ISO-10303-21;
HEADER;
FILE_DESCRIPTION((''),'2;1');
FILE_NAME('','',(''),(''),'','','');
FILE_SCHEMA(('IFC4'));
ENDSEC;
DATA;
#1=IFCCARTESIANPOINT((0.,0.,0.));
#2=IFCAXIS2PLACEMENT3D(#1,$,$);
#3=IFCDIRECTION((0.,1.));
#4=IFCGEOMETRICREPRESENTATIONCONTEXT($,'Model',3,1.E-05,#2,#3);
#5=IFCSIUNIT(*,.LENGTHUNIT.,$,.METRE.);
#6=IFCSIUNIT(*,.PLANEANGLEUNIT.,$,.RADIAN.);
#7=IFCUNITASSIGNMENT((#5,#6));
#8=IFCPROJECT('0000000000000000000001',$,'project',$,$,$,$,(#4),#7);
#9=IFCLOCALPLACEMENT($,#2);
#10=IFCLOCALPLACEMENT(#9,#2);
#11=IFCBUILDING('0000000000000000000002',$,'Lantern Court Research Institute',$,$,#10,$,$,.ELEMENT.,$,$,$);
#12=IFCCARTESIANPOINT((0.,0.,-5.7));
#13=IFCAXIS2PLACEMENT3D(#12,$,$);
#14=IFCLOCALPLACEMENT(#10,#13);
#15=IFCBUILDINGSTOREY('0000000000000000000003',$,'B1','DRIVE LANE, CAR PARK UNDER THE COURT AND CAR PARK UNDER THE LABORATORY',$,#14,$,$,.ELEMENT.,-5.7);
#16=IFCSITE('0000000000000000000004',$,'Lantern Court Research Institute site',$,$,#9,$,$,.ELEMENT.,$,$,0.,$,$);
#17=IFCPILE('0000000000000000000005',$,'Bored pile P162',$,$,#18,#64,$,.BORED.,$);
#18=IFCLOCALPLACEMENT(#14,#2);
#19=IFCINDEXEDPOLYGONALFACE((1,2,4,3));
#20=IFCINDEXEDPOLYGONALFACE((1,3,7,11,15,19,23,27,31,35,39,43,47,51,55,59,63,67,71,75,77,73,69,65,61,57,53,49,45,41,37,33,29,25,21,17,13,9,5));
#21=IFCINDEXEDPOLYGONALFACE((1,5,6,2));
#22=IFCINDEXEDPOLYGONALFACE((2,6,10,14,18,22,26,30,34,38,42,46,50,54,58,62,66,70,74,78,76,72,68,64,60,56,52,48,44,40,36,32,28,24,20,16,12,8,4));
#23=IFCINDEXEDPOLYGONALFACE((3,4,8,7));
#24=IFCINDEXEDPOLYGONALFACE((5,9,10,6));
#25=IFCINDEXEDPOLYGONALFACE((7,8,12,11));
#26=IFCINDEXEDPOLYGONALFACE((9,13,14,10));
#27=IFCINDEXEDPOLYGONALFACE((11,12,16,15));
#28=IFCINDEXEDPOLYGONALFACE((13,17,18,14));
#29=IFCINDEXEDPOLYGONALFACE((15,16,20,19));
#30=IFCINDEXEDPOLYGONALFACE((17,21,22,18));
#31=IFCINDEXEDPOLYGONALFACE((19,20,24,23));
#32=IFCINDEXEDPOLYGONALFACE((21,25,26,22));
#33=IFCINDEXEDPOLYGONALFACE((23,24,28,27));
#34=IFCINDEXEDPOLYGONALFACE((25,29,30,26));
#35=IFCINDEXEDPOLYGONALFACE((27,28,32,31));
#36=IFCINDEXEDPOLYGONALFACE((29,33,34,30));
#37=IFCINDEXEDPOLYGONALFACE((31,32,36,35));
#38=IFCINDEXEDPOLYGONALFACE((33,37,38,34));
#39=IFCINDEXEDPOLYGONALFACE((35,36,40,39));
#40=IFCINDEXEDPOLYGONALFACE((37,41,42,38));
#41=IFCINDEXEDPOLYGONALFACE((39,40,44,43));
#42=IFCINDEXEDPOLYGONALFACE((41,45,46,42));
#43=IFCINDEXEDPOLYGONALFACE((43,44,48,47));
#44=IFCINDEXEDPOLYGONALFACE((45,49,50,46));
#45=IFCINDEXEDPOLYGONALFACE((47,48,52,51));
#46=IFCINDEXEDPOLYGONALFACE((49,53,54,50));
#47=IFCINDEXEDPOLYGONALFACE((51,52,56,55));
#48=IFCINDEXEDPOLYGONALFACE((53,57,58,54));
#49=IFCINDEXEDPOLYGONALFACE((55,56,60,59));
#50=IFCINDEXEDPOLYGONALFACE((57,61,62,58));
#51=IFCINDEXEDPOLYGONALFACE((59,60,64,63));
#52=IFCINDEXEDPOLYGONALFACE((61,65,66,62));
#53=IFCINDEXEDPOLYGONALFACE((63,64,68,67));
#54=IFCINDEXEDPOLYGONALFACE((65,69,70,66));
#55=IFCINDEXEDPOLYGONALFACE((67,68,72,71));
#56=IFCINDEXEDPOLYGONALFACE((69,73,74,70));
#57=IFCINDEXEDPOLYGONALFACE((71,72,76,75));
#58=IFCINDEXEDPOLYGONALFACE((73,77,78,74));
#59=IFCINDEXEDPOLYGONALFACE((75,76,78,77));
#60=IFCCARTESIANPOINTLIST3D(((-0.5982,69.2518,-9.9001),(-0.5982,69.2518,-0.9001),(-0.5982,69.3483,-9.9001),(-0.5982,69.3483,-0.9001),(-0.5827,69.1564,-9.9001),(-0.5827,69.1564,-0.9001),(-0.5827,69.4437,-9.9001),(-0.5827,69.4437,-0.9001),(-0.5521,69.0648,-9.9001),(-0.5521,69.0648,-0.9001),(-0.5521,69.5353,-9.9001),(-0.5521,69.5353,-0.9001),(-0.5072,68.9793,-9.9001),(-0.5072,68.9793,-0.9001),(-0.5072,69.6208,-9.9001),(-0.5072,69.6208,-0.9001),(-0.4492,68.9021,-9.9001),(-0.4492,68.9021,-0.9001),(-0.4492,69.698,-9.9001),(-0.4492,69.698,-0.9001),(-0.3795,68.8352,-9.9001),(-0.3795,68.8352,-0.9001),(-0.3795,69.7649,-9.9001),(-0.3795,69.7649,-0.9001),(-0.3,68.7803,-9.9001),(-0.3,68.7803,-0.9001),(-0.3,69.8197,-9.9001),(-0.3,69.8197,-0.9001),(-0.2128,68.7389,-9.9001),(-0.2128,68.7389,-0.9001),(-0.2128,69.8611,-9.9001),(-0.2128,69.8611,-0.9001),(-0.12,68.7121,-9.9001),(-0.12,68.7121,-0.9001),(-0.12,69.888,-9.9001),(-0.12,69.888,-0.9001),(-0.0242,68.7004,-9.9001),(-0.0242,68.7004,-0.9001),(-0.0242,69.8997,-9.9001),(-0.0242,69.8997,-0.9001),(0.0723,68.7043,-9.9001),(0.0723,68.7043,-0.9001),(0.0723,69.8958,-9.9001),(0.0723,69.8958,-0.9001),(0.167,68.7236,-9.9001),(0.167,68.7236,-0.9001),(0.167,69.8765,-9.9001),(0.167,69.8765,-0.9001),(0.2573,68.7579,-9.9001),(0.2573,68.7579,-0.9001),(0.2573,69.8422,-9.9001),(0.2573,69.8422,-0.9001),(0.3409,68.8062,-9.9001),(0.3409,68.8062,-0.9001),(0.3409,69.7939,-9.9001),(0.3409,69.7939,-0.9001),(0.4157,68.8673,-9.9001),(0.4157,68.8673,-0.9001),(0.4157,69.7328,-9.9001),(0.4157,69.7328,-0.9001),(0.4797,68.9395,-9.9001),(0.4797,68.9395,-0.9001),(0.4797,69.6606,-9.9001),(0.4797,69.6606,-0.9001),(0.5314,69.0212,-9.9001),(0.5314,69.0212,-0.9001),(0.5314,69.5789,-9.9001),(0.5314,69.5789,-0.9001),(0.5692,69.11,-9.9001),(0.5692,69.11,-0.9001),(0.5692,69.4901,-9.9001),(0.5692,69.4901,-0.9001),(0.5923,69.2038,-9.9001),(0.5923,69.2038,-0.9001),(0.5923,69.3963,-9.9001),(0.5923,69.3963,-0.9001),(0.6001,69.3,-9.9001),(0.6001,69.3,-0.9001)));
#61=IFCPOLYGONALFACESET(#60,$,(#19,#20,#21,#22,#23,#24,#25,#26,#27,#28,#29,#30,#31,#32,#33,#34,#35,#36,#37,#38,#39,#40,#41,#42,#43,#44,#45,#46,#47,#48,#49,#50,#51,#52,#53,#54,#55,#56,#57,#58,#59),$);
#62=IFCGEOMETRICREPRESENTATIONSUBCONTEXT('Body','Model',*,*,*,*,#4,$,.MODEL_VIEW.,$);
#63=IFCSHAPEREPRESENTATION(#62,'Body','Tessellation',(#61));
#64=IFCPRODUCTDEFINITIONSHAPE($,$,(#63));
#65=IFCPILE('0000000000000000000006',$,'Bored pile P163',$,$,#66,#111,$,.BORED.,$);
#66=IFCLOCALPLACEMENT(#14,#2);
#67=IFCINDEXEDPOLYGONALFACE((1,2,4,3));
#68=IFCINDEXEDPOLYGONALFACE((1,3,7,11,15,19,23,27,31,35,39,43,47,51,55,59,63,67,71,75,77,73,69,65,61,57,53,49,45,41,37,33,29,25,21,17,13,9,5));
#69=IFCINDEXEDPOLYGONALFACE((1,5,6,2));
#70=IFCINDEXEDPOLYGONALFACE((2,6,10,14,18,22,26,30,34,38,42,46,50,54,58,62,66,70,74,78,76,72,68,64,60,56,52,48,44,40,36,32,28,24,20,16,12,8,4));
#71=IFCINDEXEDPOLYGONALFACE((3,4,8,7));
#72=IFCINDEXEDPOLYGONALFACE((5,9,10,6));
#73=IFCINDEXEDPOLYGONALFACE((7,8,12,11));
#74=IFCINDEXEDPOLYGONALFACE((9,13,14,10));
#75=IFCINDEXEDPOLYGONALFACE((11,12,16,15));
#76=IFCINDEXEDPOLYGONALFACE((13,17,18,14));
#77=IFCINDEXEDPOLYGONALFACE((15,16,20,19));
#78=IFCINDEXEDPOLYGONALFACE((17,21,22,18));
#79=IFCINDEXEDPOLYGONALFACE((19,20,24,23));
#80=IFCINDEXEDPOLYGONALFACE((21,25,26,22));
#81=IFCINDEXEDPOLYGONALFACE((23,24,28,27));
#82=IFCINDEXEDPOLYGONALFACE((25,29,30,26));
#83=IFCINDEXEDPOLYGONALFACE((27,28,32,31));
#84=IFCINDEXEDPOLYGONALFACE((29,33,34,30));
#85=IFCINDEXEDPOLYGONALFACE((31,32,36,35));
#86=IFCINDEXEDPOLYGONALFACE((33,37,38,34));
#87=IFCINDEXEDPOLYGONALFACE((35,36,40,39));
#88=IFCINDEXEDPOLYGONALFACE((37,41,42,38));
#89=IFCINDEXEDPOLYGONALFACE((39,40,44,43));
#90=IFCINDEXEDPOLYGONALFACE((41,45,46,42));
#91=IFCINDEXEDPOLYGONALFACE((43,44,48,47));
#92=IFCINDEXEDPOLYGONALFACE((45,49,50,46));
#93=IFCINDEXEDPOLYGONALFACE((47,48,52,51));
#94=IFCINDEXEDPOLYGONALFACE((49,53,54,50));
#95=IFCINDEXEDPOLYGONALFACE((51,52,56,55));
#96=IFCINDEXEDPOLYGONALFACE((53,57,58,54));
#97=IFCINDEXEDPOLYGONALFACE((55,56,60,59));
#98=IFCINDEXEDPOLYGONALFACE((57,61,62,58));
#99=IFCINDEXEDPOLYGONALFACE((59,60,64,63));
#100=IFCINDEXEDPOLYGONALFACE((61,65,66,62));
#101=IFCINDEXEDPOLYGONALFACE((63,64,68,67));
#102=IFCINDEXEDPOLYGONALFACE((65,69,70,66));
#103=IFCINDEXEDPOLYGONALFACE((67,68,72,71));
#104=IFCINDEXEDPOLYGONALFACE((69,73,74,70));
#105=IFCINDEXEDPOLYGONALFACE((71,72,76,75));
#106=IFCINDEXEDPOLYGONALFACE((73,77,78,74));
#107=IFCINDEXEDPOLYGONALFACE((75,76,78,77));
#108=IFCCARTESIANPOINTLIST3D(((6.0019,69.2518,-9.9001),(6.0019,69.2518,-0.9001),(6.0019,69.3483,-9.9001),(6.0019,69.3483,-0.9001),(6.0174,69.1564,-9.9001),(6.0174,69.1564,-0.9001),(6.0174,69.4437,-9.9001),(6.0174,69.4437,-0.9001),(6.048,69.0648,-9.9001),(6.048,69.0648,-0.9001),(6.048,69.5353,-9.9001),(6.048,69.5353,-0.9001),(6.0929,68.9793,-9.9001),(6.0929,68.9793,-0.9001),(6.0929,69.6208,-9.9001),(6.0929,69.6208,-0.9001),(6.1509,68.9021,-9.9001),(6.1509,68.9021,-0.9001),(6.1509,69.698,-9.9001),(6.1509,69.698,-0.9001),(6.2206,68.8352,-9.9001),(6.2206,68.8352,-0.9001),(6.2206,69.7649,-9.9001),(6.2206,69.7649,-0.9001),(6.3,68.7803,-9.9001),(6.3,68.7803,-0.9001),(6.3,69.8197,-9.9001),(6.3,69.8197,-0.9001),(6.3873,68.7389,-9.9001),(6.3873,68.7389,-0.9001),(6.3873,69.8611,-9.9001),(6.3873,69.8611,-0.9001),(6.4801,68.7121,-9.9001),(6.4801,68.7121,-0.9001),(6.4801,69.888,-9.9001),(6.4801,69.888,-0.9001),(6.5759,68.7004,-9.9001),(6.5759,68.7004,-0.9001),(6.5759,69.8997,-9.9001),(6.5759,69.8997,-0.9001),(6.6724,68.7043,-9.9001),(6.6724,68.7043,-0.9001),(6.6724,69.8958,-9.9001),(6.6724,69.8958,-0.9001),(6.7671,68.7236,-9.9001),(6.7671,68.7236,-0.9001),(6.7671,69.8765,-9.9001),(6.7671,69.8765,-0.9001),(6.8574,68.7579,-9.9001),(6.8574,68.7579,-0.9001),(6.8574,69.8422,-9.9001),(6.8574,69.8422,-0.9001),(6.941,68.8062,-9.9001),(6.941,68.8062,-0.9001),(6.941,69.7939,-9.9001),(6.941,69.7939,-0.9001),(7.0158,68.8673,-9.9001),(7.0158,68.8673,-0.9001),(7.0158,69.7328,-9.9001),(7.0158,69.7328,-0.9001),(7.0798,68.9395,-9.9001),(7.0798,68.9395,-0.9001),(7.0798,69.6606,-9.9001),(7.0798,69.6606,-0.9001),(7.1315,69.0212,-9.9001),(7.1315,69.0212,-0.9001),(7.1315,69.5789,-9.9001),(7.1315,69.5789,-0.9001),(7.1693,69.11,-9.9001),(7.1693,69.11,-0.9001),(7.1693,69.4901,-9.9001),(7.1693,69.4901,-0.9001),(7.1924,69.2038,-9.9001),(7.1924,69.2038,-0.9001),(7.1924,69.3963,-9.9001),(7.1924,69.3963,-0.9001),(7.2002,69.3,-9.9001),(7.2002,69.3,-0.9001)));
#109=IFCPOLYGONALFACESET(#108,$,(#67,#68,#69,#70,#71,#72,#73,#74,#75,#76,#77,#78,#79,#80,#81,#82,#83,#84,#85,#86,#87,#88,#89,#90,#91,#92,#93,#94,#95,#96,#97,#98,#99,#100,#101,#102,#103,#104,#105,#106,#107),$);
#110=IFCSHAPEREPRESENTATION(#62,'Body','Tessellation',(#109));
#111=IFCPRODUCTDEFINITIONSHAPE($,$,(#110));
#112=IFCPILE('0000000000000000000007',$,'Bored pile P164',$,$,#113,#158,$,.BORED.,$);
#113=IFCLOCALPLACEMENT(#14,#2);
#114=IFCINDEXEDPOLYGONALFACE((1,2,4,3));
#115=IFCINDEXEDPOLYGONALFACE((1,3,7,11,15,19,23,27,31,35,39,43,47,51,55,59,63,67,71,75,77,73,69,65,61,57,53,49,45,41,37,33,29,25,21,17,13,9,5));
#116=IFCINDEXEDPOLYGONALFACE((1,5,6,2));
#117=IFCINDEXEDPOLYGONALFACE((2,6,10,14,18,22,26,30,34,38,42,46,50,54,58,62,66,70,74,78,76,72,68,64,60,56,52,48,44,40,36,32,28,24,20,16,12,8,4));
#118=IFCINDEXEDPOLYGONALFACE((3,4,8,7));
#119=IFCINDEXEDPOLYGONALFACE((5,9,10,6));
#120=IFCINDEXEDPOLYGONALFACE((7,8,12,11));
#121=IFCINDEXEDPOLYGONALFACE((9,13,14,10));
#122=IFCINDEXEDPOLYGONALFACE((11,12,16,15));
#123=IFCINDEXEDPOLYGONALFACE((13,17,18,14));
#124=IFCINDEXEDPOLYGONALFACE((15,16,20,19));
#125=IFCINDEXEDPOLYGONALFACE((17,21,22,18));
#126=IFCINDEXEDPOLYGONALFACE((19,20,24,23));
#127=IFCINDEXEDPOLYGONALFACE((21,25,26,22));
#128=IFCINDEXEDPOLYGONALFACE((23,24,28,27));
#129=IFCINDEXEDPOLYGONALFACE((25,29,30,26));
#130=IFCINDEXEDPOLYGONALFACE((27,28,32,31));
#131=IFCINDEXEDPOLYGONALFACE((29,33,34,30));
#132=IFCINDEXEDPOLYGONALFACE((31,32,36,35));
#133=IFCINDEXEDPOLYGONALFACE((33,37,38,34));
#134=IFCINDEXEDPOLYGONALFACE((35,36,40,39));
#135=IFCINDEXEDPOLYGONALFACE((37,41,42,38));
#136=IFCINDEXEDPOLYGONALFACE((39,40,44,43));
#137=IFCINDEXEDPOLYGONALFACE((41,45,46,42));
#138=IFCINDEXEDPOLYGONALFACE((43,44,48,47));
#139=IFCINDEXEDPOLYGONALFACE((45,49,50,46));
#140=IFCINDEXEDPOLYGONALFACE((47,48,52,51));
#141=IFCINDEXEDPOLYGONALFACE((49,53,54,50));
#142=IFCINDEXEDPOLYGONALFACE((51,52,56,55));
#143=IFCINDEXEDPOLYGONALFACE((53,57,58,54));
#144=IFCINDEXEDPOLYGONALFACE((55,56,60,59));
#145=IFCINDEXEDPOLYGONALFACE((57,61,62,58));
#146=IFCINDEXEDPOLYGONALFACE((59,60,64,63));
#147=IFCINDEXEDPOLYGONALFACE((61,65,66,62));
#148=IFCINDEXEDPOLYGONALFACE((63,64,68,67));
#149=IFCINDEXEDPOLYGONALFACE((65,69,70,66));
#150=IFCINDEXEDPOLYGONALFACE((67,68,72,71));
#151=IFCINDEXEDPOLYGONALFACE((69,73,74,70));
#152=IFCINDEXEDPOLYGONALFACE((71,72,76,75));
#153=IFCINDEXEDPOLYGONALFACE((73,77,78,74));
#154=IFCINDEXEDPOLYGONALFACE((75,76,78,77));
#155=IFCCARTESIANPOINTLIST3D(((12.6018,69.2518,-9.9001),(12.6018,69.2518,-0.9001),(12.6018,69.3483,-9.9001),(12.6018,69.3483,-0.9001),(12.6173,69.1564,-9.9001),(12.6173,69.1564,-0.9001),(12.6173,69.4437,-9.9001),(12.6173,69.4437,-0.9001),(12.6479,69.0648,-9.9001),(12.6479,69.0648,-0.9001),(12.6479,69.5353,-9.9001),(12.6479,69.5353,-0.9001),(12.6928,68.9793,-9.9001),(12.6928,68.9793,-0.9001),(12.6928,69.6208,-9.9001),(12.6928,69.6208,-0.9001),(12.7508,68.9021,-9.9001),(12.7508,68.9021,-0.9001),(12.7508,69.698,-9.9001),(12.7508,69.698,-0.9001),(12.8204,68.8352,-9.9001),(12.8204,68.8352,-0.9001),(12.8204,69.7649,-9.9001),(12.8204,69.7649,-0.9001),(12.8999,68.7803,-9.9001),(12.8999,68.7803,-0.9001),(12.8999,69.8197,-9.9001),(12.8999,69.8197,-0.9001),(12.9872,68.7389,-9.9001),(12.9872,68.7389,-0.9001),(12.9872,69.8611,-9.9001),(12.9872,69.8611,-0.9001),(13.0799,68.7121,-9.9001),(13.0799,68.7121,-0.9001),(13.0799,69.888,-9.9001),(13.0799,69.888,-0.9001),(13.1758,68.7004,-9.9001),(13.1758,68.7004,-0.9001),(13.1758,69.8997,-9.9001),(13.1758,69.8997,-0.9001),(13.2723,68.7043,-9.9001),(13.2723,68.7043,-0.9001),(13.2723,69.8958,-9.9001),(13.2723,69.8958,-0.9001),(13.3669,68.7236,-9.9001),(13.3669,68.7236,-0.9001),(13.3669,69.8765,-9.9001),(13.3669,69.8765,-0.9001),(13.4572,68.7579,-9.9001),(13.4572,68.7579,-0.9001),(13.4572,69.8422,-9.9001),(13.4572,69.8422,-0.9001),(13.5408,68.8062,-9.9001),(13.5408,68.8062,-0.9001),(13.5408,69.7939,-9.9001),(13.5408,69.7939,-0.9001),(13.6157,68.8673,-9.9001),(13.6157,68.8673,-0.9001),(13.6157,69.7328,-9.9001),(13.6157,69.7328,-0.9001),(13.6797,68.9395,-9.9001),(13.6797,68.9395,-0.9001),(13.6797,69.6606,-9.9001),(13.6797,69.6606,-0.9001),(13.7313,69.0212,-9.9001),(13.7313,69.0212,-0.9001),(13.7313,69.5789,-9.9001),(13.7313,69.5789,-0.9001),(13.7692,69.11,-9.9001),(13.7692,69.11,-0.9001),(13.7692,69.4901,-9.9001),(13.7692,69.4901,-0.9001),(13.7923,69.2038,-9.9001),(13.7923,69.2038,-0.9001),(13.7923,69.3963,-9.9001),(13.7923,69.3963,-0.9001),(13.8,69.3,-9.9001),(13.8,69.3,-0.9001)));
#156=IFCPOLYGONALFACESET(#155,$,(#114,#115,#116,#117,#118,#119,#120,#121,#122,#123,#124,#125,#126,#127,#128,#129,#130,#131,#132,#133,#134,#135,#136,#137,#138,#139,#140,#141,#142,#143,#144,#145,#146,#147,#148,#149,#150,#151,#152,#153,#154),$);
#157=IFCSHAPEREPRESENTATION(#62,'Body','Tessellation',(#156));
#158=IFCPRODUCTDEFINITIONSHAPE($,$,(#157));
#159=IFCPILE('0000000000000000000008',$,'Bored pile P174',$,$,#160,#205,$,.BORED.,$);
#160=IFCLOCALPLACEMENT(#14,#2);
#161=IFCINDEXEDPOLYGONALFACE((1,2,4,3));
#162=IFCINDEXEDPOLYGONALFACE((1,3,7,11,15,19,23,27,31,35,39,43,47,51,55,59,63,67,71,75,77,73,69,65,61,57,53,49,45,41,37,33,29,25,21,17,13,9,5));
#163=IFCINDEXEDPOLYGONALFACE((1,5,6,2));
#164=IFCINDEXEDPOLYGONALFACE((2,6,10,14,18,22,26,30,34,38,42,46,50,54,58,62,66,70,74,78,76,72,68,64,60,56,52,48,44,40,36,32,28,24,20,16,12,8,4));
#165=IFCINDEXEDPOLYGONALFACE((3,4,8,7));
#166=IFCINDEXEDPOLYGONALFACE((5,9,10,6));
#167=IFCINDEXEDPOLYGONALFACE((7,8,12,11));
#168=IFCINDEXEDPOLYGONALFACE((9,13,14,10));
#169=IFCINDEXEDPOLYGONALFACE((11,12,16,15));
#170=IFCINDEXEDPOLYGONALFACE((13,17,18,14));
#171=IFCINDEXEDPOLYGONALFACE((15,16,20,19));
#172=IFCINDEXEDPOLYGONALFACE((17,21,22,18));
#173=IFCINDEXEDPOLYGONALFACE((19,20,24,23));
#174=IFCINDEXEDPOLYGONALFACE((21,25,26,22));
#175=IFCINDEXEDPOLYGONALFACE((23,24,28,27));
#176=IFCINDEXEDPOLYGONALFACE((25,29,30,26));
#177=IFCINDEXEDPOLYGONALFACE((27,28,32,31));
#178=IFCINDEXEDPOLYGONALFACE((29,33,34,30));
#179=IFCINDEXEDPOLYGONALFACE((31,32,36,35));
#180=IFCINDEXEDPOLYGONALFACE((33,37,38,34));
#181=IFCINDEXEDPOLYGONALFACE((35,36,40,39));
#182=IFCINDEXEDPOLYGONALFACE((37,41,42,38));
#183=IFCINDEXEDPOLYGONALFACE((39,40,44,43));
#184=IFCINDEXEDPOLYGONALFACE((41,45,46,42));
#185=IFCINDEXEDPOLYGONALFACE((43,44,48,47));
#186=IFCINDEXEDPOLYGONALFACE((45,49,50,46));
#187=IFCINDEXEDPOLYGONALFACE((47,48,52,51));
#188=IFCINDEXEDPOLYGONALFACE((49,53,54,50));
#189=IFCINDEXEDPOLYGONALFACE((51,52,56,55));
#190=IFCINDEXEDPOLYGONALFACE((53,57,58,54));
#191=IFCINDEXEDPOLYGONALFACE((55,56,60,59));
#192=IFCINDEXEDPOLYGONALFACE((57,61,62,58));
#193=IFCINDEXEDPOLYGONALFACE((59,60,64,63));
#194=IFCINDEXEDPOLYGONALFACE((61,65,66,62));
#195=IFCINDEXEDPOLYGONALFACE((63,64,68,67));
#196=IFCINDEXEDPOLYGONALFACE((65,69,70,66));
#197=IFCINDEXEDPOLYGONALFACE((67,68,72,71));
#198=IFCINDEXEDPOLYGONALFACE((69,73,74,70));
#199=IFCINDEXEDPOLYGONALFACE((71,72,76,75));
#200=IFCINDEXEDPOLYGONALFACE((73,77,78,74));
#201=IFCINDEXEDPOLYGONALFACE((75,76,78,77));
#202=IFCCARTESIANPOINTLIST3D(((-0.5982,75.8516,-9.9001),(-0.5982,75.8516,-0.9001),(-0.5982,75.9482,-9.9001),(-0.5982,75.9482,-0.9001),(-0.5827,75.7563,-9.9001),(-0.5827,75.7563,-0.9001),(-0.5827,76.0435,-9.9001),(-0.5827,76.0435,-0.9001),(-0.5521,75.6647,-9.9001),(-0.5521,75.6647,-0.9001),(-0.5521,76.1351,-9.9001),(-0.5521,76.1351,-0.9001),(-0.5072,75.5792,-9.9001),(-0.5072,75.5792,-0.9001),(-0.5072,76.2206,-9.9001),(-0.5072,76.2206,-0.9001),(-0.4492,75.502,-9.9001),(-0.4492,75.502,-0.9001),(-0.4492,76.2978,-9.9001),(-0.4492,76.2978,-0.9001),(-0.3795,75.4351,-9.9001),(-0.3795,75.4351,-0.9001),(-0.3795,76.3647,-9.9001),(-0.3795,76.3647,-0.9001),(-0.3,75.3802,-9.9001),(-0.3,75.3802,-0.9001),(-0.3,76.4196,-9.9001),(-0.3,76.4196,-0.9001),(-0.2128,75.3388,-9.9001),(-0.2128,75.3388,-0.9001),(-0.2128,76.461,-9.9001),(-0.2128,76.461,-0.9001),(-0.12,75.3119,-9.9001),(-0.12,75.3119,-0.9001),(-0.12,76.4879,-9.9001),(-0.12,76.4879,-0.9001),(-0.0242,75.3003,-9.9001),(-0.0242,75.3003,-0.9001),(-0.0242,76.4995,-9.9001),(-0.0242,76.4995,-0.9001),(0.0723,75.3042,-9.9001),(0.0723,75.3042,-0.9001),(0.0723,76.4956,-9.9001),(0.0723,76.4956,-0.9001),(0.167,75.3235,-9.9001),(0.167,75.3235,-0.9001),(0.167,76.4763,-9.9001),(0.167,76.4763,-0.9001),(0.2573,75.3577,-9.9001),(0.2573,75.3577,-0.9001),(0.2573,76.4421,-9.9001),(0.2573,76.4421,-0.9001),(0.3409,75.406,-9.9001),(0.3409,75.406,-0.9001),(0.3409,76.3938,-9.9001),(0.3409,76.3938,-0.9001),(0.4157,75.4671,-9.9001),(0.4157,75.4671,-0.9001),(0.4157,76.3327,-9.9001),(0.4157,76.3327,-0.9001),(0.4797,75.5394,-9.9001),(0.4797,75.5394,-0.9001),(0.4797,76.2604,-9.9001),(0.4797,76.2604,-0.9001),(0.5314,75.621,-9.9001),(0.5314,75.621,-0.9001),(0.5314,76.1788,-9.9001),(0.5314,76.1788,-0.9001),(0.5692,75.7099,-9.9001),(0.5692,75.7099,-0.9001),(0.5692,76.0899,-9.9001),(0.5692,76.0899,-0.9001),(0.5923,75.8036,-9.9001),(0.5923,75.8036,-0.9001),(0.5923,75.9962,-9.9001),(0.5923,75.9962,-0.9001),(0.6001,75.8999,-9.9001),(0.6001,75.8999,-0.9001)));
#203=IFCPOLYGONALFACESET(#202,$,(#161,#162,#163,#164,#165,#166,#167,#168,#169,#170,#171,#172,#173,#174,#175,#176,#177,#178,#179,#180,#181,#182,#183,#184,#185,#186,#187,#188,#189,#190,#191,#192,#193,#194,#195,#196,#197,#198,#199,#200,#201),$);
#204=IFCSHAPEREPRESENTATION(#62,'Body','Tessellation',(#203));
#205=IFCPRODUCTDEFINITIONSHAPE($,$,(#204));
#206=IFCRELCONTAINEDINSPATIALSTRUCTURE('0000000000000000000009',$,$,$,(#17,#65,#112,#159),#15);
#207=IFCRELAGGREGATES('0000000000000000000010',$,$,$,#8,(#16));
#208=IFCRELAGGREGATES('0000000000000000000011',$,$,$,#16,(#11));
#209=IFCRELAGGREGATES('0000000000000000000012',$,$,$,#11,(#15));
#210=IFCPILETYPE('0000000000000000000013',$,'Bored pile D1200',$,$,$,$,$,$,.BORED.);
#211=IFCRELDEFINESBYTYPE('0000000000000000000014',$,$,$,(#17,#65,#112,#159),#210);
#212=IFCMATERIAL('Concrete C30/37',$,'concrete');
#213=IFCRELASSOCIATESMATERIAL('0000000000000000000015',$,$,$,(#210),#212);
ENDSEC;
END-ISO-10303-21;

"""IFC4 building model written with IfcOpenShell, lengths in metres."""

from ifc_helpers import new_model, si_unit, direction, frame, origin, origin_2d, place, context, subcontext, project, spatial, circle, extrude, material, material_profile, profile_set, type_object, element, save


model = new_model("IFC4")

# Units and contexts
model_context = context("Model", 3, precision=1e-05, world=origin(), true_north=direction((0.0, 1.0)))
body_context = subcontext(model_context, "Body", "Model", "MODEL_VIEW")
ifc_project = project(units=[si_unit("LENGTHUNIT", "METRE"), si_unit("PLANEANGLEUNIT", "RADIAN")], contexts=[model_context])

# Site, building, storey
site_placement = place(None, origin())
site = spatial("IfcSite", under=ifc_project, at=site_placement, Name="Lantern Court Research Institute site", CompositionType="ELEMENT", RefElevation=0.0)
building_placement = place(site_placement, origin())
building = spatial("IfcBuilding", under=site, at=building_placement, Name="Lantern Court Research Institute", CompositionType="ELEMENT")
storey_placement = place(building_placement, frame((0.0, 0.0, -5.7)))
storey = spatial("IfcBuildingStorey", under=building, at=storey_placement, Name="B1", Description="DRIVE LANE, CAR PARK UNDER THE COURT AND CAR PARK UNDER THE LABORATORY", CompositionType="ELEMENT", Elevation=-5.7)

# Piles
ifc_material_1 = material(Name="Concrete C30/37", Category="concrete")
ifc_material_profile_1 = material_profile(ifc_material_1, circle(Radius=0.6001, at=origin_2d()), Name="Bored pile D1200")
ifc_profile_set_1 = profile_set([ifc_material_profile_1], Name="Concrete C30/37")
pile_type_1 = type_object("IfcPileType", Name="Bored pile D1200", PredefinedType="BORED", material=ifc_profile_set_1)
for number, where, z_axis, x_axis, name in (
    (1, (0.0, 69.3, -0.9001), (0.0, 0.0, -1.0), (1.0, 0.0, 0.0), "Bored pile P162"),
    (2, (6.6001, 69.3, -0.9001), (0.0, 0.0, -1.0), (1.0, 0.0, 0.0), "Bored pile P163"),
    (3, (13.2, 69.3, -0.9001), (0.0, 0.0, -1.0), (1.0, 0.0, 0.0), "Bored pile P164"),
    (4, (0.0, 75.8999, -0.9001), (0.0, 0.0, -1.0), (1.0, 0.0, 0.0), "Bored pile P174"),
):
    element("IfcPile", number, at=place(storey_placement, frame(where, z_axis=z_axis, x_axis=x_axis)), inside=storey, type_object=pile_type_1, Name=name, PredefinedType="BORED", context=body_context, shape_type="SweptSolid", body=[
        extrude(circle(Radius=0.6001, at=origin_2d()), origin(), (0.0, 0.0, 1.0), 9.0),
    ])

save(model, "model.ifc")
